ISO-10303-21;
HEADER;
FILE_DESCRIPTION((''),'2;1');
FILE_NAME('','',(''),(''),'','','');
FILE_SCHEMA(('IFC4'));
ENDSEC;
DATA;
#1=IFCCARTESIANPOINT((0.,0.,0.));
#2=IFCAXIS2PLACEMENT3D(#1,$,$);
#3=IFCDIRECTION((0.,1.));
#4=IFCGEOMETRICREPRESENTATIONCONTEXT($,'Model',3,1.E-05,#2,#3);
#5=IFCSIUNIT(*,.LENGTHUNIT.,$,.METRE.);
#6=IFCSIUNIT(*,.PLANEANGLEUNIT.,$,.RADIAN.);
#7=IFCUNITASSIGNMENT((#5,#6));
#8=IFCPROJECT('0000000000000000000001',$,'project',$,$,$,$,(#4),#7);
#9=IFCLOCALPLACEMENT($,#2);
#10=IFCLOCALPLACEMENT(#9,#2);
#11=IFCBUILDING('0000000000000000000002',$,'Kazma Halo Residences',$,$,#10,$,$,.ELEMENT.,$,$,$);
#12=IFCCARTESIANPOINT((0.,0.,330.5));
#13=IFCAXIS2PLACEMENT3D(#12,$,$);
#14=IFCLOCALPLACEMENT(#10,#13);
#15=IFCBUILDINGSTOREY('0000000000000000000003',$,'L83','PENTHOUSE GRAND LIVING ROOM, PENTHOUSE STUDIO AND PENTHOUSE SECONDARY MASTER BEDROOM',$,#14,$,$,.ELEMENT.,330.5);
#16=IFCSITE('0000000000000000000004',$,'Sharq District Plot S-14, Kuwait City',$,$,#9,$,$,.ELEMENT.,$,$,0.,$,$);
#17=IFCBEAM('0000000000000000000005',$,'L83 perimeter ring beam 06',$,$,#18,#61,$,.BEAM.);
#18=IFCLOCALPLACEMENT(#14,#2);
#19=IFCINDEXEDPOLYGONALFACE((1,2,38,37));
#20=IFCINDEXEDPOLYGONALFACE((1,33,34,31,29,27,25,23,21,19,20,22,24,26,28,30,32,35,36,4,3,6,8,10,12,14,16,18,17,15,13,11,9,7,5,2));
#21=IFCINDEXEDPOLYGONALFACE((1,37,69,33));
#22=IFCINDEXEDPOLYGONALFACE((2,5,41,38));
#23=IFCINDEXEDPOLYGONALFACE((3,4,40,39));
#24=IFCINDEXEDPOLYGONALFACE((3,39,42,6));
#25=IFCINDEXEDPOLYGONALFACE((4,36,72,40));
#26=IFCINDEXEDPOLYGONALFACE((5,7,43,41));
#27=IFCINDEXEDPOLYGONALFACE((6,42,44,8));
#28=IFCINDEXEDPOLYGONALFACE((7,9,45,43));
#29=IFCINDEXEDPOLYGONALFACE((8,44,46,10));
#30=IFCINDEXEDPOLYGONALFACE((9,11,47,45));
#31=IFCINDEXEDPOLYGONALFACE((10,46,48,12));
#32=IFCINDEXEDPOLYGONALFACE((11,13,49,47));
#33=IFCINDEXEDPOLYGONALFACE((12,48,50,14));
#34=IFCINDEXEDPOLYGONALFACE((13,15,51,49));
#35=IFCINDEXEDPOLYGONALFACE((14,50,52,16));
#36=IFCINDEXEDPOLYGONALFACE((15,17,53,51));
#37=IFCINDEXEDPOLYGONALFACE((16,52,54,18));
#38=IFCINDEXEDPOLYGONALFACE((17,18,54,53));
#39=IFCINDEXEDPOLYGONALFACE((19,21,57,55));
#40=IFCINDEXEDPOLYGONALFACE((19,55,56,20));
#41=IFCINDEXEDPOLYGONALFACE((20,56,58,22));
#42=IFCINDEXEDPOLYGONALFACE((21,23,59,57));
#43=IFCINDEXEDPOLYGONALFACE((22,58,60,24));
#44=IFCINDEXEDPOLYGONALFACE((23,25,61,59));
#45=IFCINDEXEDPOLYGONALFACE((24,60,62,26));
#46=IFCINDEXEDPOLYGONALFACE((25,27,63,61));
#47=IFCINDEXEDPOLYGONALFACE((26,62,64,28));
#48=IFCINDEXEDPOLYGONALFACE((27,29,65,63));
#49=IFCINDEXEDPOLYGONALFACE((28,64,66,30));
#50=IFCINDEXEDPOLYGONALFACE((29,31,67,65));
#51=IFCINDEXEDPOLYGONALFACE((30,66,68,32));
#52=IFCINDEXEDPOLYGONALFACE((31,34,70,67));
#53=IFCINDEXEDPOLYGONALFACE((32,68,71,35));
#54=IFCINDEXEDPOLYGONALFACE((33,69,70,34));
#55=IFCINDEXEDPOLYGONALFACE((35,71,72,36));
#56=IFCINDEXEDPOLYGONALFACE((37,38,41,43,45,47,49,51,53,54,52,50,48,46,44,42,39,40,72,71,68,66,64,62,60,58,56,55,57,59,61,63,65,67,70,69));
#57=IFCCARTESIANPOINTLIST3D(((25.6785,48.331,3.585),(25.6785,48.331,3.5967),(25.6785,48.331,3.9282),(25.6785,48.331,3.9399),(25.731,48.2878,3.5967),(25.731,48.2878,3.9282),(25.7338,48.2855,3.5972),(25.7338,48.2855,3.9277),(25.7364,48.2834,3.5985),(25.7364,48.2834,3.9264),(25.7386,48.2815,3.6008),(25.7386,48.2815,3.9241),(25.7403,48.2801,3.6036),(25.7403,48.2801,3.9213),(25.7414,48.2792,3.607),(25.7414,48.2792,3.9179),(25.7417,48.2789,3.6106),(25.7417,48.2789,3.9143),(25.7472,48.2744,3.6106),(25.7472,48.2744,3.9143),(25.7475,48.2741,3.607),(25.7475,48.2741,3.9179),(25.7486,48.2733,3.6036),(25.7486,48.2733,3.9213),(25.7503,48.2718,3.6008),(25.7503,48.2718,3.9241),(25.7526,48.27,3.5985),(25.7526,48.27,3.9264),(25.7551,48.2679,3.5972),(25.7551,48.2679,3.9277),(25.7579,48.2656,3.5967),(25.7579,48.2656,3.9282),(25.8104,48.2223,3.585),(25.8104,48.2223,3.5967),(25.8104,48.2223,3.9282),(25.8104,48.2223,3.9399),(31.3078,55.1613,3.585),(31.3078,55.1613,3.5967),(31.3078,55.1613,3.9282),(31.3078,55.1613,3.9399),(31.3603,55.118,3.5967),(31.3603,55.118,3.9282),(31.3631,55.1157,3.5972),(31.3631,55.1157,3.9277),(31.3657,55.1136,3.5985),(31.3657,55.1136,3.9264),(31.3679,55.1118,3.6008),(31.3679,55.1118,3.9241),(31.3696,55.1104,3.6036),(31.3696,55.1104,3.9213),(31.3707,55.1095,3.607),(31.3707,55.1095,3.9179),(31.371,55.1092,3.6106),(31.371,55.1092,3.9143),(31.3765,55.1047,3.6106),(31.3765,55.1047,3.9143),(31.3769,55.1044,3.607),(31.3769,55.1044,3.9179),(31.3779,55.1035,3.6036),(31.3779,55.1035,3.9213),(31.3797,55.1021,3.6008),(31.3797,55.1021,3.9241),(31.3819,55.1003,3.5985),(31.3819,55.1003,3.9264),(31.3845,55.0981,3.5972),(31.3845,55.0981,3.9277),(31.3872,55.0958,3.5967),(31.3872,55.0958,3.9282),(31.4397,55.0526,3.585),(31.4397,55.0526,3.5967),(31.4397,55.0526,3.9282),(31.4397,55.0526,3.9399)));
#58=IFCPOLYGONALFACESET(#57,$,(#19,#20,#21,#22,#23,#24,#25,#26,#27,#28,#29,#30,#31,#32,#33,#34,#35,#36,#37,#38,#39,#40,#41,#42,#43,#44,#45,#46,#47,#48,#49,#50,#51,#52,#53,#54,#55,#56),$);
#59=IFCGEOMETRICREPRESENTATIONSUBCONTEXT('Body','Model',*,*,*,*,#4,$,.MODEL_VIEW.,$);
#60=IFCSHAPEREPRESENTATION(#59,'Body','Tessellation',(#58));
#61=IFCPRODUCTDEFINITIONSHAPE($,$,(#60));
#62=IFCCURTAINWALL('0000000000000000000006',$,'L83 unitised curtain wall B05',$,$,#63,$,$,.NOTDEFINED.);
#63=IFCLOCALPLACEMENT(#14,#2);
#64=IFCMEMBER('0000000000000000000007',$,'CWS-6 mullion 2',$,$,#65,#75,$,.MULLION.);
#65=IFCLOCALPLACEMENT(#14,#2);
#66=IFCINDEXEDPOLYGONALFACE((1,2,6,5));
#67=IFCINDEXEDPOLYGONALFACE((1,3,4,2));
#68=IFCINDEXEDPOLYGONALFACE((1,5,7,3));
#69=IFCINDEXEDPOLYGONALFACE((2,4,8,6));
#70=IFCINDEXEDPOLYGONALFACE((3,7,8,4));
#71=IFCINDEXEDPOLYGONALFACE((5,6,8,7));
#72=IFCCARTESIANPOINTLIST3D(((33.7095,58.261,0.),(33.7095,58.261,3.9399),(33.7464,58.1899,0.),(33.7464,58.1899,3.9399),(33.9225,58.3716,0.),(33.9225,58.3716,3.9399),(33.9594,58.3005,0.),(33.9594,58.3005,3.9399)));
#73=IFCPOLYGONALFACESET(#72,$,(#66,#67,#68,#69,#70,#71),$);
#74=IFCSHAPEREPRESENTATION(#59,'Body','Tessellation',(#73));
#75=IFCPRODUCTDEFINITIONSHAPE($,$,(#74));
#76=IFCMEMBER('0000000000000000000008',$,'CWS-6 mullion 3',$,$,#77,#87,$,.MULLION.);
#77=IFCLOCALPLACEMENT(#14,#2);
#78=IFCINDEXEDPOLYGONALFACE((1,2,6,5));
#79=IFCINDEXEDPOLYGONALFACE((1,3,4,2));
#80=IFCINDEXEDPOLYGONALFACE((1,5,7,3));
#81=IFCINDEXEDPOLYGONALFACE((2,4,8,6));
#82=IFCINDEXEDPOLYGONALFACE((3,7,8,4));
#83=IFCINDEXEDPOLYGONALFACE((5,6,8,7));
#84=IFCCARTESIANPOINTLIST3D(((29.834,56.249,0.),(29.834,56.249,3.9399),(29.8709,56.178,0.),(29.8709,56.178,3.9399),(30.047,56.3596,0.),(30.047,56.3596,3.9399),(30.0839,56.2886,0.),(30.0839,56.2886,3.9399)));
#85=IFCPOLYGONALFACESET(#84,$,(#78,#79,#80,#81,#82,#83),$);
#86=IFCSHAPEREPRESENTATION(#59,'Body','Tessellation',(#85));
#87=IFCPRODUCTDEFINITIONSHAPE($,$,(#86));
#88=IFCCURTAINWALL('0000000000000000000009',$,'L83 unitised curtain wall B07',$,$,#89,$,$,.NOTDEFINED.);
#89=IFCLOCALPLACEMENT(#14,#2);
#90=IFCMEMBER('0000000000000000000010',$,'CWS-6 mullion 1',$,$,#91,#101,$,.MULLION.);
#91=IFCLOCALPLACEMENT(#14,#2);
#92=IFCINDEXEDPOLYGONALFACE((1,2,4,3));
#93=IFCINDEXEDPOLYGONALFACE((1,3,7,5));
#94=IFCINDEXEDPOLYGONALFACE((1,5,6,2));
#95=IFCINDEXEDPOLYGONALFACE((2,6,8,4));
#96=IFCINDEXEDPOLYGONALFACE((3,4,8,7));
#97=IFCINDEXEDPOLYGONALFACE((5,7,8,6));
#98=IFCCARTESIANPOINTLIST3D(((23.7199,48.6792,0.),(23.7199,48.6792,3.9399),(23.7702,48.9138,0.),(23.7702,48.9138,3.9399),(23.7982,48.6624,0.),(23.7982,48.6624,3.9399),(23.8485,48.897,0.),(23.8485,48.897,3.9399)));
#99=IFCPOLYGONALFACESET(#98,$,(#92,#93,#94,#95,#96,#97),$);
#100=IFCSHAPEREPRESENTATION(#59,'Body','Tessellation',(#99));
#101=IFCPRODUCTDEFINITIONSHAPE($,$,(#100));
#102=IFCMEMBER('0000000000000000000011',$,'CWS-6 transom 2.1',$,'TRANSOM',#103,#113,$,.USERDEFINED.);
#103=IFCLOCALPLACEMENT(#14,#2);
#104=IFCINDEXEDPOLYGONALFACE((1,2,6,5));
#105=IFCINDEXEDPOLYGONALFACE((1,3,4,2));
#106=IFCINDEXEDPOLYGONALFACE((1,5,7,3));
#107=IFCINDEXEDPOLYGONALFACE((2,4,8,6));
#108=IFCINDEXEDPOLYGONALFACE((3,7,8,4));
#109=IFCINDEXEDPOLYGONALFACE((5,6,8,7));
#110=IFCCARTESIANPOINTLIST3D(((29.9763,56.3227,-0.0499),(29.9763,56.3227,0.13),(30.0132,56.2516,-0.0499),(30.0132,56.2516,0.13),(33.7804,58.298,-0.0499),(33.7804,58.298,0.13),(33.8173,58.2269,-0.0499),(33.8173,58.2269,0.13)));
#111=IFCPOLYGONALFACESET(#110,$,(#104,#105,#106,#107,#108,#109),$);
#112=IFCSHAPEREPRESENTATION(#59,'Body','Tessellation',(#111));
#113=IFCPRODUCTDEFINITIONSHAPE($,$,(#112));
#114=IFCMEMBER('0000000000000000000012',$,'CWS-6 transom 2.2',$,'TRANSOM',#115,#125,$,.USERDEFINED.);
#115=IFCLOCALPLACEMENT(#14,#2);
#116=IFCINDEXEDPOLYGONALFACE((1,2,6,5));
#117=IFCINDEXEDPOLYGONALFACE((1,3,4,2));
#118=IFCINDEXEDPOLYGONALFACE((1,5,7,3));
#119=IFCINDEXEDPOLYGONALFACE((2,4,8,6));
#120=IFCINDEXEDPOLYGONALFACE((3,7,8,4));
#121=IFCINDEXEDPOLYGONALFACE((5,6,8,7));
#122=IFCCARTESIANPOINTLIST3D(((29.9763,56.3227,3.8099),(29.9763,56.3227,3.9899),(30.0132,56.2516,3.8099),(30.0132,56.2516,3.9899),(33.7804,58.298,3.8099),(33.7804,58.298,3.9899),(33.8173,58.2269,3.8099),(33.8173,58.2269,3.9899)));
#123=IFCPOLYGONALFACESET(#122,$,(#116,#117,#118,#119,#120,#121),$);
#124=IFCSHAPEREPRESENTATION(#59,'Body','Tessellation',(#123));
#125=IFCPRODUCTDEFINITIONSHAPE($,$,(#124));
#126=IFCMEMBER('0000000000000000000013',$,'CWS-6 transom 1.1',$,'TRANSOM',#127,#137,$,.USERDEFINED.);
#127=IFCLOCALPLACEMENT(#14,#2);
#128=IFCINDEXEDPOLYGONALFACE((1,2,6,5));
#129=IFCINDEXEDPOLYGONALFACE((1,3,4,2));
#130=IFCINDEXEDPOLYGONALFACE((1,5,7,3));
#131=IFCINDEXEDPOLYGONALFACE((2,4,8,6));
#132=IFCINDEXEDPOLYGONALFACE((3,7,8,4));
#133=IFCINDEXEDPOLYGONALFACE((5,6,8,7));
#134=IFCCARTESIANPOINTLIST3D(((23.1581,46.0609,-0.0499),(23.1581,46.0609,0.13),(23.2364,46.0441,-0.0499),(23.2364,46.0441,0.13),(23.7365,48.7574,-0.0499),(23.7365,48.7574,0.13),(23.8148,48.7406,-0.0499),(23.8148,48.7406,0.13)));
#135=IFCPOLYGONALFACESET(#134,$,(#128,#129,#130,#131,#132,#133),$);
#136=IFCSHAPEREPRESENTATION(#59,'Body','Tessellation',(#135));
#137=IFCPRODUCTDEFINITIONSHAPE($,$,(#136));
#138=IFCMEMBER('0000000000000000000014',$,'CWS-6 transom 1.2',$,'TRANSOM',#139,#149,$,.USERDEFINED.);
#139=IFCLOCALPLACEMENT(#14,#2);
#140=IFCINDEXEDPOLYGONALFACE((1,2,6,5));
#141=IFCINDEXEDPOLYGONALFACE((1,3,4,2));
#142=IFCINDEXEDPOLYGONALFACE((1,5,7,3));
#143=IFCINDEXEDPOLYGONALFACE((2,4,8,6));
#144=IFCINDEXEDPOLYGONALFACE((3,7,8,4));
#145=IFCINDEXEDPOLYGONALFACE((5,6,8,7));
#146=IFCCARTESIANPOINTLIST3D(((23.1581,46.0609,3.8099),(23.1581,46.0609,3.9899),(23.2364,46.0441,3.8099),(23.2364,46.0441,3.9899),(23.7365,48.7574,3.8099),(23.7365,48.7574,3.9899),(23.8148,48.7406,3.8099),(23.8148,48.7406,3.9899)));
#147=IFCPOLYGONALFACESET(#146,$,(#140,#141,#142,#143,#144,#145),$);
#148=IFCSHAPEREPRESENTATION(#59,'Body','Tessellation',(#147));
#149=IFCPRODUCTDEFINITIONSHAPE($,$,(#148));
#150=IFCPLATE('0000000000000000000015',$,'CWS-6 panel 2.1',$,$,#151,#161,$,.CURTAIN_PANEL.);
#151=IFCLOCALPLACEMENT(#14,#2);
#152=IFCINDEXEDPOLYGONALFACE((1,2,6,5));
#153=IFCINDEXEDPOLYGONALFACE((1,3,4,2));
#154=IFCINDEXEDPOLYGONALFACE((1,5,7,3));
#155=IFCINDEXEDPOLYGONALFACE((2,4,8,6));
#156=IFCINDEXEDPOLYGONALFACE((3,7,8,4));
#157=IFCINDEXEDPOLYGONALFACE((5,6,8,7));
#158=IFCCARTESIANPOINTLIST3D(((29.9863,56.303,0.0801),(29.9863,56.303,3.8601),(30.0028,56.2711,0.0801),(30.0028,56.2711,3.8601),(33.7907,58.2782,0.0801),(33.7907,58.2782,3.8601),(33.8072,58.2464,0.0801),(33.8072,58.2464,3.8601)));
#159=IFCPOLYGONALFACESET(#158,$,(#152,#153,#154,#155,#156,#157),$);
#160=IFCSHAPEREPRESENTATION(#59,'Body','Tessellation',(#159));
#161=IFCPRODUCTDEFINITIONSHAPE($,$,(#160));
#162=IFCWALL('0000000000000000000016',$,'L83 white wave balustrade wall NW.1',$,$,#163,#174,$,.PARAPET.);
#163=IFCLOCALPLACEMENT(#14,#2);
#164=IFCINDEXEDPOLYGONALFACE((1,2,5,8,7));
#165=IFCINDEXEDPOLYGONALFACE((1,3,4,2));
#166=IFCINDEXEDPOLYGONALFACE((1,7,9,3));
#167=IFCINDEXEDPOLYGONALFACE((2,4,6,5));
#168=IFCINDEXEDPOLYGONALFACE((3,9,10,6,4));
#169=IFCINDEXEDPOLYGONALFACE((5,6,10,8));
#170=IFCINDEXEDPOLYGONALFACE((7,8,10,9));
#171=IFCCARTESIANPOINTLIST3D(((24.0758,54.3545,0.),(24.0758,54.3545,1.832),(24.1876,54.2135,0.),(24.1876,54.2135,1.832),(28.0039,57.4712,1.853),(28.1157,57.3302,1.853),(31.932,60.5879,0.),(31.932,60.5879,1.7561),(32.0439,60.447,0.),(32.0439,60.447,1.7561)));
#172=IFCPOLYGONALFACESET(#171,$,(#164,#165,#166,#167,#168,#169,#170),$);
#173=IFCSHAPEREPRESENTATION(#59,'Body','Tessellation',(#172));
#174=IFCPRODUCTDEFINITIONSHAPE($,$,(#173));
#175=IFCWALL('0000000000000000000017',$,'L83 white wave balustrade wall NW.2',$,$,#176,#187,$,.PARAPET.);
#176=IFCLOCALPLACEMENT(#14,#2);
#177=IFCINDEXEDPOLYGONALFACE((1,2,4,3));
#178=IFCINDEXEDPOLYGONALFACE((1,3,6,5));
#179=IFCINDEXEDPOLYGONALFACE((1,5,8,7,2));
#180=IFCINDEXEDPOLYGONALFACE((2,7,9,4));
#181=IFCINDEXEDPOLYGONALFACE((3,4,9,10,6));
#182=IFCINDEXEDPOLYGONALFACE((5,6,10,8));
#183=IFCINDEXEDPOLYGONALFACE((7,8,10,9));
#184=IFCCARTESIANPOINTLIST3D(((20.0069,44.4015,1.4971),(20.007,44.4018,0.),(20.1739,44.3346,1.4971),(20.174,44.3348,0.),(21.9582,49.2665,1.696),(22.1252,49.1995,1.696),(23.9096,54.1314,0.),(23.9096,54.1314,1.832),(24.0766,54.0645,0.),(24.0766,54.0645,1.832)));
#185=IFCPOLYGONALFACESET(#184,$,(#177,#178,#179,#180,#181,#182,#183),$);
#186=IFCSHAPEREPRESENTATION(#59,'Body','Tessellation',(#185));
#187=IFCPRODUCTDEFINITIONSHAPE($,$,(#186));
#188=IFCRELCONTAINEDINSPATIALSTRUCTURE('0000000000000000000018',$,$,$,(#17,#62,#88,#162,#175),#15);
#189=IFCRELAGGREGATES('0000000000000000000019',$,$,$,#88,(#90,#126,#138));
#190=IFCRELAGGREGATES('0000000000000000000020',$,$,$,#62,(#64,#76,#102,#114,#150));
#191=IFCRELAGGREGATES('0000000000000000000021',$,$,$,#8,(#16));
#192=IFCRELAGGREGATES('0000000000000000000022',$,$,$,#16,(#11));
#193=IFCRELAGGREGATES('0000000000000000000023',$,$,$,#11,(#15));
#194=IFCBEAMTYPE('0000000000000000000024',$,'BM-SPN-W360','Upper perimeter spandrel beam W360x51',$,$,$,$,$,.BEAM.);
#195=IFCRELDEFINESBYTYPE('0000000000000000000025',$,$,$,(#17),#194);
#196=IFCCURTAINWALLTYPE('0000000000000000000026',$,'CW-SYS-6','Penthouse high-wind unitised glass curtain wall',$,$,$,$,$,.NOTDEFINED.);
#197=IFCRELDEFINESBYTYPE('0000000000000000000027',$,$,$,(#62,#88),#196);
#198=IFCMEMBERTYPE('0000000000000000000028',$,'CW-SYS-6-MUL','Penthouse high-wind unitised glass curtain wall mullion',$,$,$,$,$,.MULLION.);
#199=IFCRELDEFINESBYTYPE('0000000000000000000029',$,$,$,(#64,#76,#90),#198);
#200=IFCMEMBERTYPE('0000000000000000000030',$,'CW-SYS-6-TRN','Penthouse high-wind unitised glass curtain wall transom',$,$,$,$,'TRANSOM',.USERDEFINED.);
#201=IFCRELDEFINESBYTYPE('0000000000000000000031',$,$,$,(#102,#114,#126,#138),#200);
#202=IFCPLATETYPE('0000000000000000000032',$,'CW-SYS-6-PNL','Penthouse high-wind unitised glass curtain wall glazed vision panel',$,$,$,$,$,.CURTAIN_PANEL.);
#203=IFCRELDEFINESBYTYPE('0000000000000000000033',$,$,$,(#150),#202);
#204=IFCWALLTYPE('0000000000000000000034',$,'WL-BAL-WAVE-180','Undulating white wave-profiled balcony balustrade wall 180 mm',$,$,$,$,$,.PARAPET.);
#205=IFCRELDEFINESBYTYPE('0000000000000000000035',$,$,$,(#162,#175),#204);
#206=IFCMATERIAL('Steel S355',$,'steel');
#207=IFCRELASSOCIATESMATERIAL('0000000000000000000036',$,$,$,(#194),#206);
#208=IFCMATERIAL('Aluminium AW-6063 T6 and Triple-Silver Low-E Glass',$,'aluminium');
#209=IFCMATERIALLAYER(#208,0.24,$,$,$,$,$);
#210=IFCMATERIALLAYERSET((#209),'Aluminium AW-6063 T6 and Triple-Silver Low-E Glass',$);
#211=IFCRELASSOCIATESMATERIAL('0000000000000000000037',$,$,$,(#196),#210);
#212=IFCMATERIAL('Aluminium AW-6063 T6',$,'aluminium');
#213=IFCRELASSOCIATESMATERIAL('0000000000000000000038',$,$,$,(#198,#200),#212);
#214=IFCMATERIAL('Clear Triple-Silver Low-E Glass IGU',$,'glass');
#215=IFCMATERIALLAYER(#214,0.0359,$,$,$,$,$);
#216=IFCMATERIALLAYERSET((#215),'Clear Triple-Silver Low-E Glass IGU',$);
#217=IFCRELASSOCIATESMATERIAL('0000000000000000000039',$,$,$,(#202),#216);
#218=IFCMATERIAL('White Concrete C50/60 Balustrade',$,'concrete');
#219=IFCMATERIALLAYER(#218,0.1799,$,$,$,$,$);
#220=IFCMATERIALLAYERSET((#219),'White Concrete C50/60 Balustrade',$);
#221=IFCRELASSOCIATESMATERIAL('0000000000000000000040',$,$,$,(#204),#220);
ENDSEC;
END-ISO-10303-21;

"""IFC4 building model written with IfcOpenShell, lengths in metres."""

from ifc_helpers import new_model, si_unit, direction, frame, origin, origin_2d, place, context, subcontext, project, spatial, polyline, rectangle, i_section, outline, extrude, material, layer, layer_set, material_profile, profile_set, type_object, element, aggregate, save


model = new_model("IFC4")

# Units and contexts
model_context = context("Model", 3, precision=1e-05, world=origin(), true_north=direction((0.0, 1.0)))
body_context = subcontext(model_context, "Body", "Model", "MODEL_VIEW")
ifc_project = project(units=[si_unit("LENGTHUNIT", "METRE"), si_unit("PLANEANGLEUNIT", "RADIAN")], contexts=[model_context])

# Site, building, storey
site_placement = place(None, origin())
site = spatial("IfcSite", under=ifc_project, at=site_placement, Name="Sharq District Plot S-14, Kuwait City", CompositionType="ELEMENT", RefElevation=0.0)
building_placement = place(site_placement, origin())
building = spatial("IfcBuilding", under=site, at=building_placement, Name="Kazma Halo Residences", CompositionType="ELEMENT")
storey_placement = place(building_placement, frame((0.0, 0.0, 330.5)))
storey = spatial("IfcBuildingStorey", under=building, at=storey_placement, Name="L83", Description="PENTHOUSE GRAND LIVING ROOM, PENTHOUSE STUDIO AND PENTHOUSE SECONDARY MASTER BEDROOM", CompositionType="ELEMENT", Elevation=330.5)

# Beam
ifc_material_1 = material(Name="Steel S355", Category="steel")
ifc_material_profile_1 = material_profile(ifc_material_1, i_section(OverallWidth=0.1709, OverallDepth=0.355, WebThickness=0.0071, FlangeThickness=0.0117, FilletRadius=0.0139, at=origin_2d()), Name="W360x51")
ifc_profile_set_1 = profile_set([ifc_material_profile_1], Name="Steel S355")
beam_type_1 = type_object("IfcBeamType", Name="BM-SPN-W360", Description="Upper perimeter spandrel beam W360x51", PredefinedType="BEAM", material=ifc_profile_set_1)
beam_1_placement = place(storey_placement, frame((31.3738, 55.1069, 3.7625), z_axis=(-0.636005, -0.771685, 0.0), x_axis=(0.771685, -0.636005, 0.0)))
element("IfcBeam", 1, at=beam_1_placement, inside=storey, type_object=beam_type_1, Name="L83 perimeter ring beam 06", PredefinedType="BEAM", context=body_context, shape_type="SweptSolid", body=[
    extrude(i_section(OverallWidth=0.1709, OverallDepth=0.355, WebThickness=0.0071, FlangeThickness=0.0117, FilletRadius=0.0139, at=origin_2d()), origin(), (0.0, 0.0, 1.0), 8.8511),
])

# Curtain wall, members
ifc_material_2 = material(Name="Aluminium AW-6063 T6 and Triple-Silver Low-E Glass", Category="aluminium")
ifc_layer_1 = layer(ifc_material_2, 0.24)
ifc_layer_set_1 = layer_set([ifc_layer_1], Name="Aluminium AW-6063 T6 and Triple-Silver Low-E Glass")
curtain_wall_type = type_object("IfcCurtainWallType", Name="CW-SYS-6", Description="Penthouse high-wind unitised glass curtain wall", PredefinedType="NOTDEFINED", material=ifc_layer_set_1)
curtain_wall_1_placement = place(storey_placement, origin())
curtain_wall_1 = element("IfcCurtainWall", 2, at=curtain_wall_1_placement, inside=storey, type_object=curtain_wall_type, Name="L83 unitised curtain wall B05", PredefinedType="NOTDEFINED")
ifc_material_3 = material(Name="Aluminium AW-6063 T6", Category="aluminium")
ifc_material_profile_2 = material_profile(ifc_material_3, rectangle(XDim=0.0801, YDim=0.24, at=origin_2d()), Name="CWM-80x240")
ifc_profile_set_2 = profile_set([ifc_material_profile_2], Name="Aluminium AW-6063 T6")
member_type_1 = type_object("IfcMemberType", Name="CW-SYS-6-MUL", Description="Penthouse high-wind unitised glass curtain wall mullion", PredefinedType="MULLION", material=ifc_profile_set_2)
member_1_placement = place(storey_placement, frame((33.8345, 58.2808, 0.0), z_axis=(0.0, 0.0, 1.0), x_axis=(0.460796, -0.887506, 0.0)))
member_1 = element("IfcMember", 3, at=member_1_placement, type_object=member_type_1, Name="CWS-6 mullion 2", PredefinedType="MULLION", context=body_context, shape_type="SweptSolid", body=[
    extrude(rectangle(XDim=0.0801, YDim=0.24, at=origin_2d()), origin(), (0.0, 0.0, 1.0), 3.9399),
])
member_2_placement = place(storey_placement, frame((29.959, 56.2688, 0.0), z_axis=(0.0, 0.0, 1.0), x_axis=(0.460796, -0.887506, 0.0)))
member_2 = element("IfcMember", 4, at=member_2_placement, type_object=member_type_1, Name="CWS-6 mullion 3", PredefinedType="MULLION", context=body_context, shape_type="SweptSolid", body=[
    extrude(rectangle(XDim=0.0801, YDim=0.24, at=origin_2d()), origin(), (0.0, 0.0, 1.0), 3.9399),
])

# Curtain wall, member
curtain_wall_2_placement = place(storey_placement, origin())
curtain_wall_2 = element("IfcCurtainWall", 5, at=curtain_wall_2_placement, inside=storey, type_object=curtain_wall_type, Name="L83 unitised curtain wall B07", PredefinedType="NOTDEFINED")
member_3_placement = place(storey_placement, frame((23.7842, 48.7881, 0.0), z_axis=(0.0, 0.0, 1.0), x_axis=(0.977761, -0.209723, 0.0)))
member_3 = element("IfcMember", 6, at=member_3_placement, type_object=member_type_1, Name="CWS-6 mullion 1", PredefinedType="MULLION", context=body_context, shape_type="SweptSolid", body=[
    extrude(rectangle(XDim=0.0801, YDim=0.24, at=origin_2d()), origin(), (0.0, 0.0, 1.0), 3.9399),
])

# Members
ifc_material_profile_3 = material_profile(ifc_material_3, rectangle(XDim=0.0801, YDim=0.1799, at=origin_2d()), Name="CWT-80x180")
ifc_profile_set_3 = profile_set([ifc_material_profile_3], Name="Aluminium AW-6063 T6")
member_type_2 = type_object("IfcMemberType", Name="CW-SYS-6-TRN", Description="Penthouse high-wind unitised glass curtain wall transom", ElementType="TRANSOM", PredefinedType="USERDEFINED", material=ifc_profile_set_3)
member_4_placement = place(storey_placement, frame((33.7988, 58.2625, 0.04), z_axis=(-0.887488, -0.460831, 0.0), x_axis=(0.460831, -0.887488, 0.0)))
member_4 = element("IfcMember", 7, at=member_4_placement, type_object=member_type_2, Name="CWS-6 transom 2.1", ObjectType="TRANSOM", PredefinedType="USERDEFINED", context=body_context, shape_type="SweptSolid", body=[
    extrude(rectangle(XDim=0.0801, YDim=0.1799, at=origin_2d()), origin(), (0.0, 0.0, 1.0), 4.2864),
])
member_5_placement = place(storey_placement, frame((33.7988, 58.2625, 3.8999), z_axis=(-0.887488, -0.460831, 0.0), x_axis=(0.460831, -0.887488, 0.0)))
member_5 = element("IfcMember", 8, at=member_5_placement, type_object=member_type_2, Name="CWS-6 transom 2.2", ObjectType="TRANSOM", PredefinedType="USERDEFINED", context=body_context, shape_type="SweptSolid", body=[
    extrude(rectangle(XDim=0.0801, YDim=0.1799, at=origin_2d()), origin(), (0.0, 0.0, 1.0), 4.2864),
])
member_6_placement = place(storey_placement, frame((23.7756, 48.749, 0.04), z_axis=(-0.209716, -0.977762, 0.0), x_axis=(0.977762, -0.209716, 0.0)))
member_6 = element("IfcMember", 9, at=member_6_placement, type_object=member_type_2, Name="CWS-6 transom 1.1", ObjectType="TRANSOM", PredefinedType="USERDEFINED", context=body_context, shape_type="SweptSolid", body=[
    extrude(rectangle(XDim=0.0801, YDim=0.1799, at=origin_2d()), origin(), (0.0, 0.0, 1.0), 2.7578),
])
member_7_placement = place(storey_placement, frame((23.7756, 48.749, 3.8999), z_axis=(-0.209716, -0.977762, 0.0), x_axis=(0.977762, -0.209716, 0.0)))
member_7 = element("IfcMember", 10, at=member_7_placement, type_object=member_type_2, Name="CWS-6 transom 1.2", ObjectType="TRANSOM", PredefinedType="USERDEFINED", context=body_context, shape_type="SweptSolid", body=[
    extrude(rectangle(XDim=0.0801, YDim=0.1799, at=origin_2d()), origin(), (0.0, 0.0, 1.0), 2.7578),
])
aggregate(curtain_wall_2, [member_3, member_6, member_7])

# Plate
ifc_material_4 = material(Name="Clear Triple-Silver Low-E Glass IGU", Category="glass")
ifc_layer_2 = layer(ifc_material_4, 0.0359)
ifc_layer_set_2 = layer_set([ifc_layer_2], Name="Clear Triple-Silver Low-E Glass IGU")
plate_type = type_object("IfcPlateType", Name="CW-SYS-6-PNL", Description="Penthouse high-wind unitised glass curtain wall glazed vision panel", PredefinedType="CURTAIN_PANEL", material=ifc_layer_set_2)
plate_placement = place(storey_placement, frame((31.8967, 57.2747, 0.0801), z_axis=(0.0, 0.0, 1.0), x_axis=(-0.887506, -0.460796, 0.0)))
plate = element("IfcPlate", 11, at=plate_placement, type_object=plate_type, Name="CWS-6 panel 2.1", PredefinedType="CURTAIN_PANEL", context=body_context, shape_type="SweptSolid", body=[
    extrude(rectangle(XDim=4.2866, YDim=0.0359, at=origin_2d()), origin(), (0.0, 0.0, 1.0), 3.78),
])
aggregate(curtain_wall_1, [member_1, member_2, member_4, member_5, plate])

# Walls
ifc_material_5 = material(Name="White Concrete C50/60 Balustrade", Category="concrete")
ifc_layer_3 = layer(ifc_material_5, 0.1799)
ifc_layer_set_3 = layer_set([ifc_layer_3], Name="White Concrete C50/60 Balustrade")
wall_type_1 = type_object("IfcWallType", Name="WL-BAL-WAVE-180", Description="Undulating white wave-profiled balcony balustrade wall 180 mm", PredefinedType="PARAPET", material=ifc_layer_set_3)
wall_1_placement = place(storey_placement, frame((31.988, 60.5173, 0.0), z_axis=(0.0, 0.0, 1.0), x_axis=(-0.783371, -0.621555, 0.0)))
element("IfcWall", 12, at=wall_1_placement, inside=storey, type_object=wall_type_1, Name="L83 white wave balustrade wall NW.1", PredefinedType="PARAPET", context=body_context, shape_type="SweptSolid", body=[
    extrude(outline(polyline([(0.0, 0.0), (10.0288, 0.0), (10.0288, 1.832), (5.0144, 1.853), (0.0, 1.7561), (0.0, 0.0)])), frame((0.0, 0.0898, 0.0), z_axis=(0.0, -1.0, 0.0), x_axis=(1.0, 0.0, 0.0)), (0.0, 0.0, 1.0), 0.1799),
])
wall_2_placement = place(storey_placement, frame((23.9932, 54.0979, 0.0), z_axis=(0.0, 0.0, 1.0), x_axis=(-0.37227, -0.928125, 0.0)))
element("IfcWall", 13, at=wall_2_placement, inside=storey, type_object=wall_type_1, Name="L83 white wave balustrade wall NW.2", PredefinedType="PARAPET", context=body_context, shape_type="SweptSolid", body=[
    extrude(outline(polyline([(0.0, 0.0), (10.4832, 0.0), (10.4834, 1.4971), (5.2417, 1.696), (0.0, 1.832), (0.0, 0.0)])), frame((0.0, 0.0898, 0.0), z_axis=(0.0, -1.0, 0.0), x_axis=(1.0, 0.0, 0.0)), (0.0, 0.0, 1.0), 0.1799),
])

save(model, "model.ifc")
